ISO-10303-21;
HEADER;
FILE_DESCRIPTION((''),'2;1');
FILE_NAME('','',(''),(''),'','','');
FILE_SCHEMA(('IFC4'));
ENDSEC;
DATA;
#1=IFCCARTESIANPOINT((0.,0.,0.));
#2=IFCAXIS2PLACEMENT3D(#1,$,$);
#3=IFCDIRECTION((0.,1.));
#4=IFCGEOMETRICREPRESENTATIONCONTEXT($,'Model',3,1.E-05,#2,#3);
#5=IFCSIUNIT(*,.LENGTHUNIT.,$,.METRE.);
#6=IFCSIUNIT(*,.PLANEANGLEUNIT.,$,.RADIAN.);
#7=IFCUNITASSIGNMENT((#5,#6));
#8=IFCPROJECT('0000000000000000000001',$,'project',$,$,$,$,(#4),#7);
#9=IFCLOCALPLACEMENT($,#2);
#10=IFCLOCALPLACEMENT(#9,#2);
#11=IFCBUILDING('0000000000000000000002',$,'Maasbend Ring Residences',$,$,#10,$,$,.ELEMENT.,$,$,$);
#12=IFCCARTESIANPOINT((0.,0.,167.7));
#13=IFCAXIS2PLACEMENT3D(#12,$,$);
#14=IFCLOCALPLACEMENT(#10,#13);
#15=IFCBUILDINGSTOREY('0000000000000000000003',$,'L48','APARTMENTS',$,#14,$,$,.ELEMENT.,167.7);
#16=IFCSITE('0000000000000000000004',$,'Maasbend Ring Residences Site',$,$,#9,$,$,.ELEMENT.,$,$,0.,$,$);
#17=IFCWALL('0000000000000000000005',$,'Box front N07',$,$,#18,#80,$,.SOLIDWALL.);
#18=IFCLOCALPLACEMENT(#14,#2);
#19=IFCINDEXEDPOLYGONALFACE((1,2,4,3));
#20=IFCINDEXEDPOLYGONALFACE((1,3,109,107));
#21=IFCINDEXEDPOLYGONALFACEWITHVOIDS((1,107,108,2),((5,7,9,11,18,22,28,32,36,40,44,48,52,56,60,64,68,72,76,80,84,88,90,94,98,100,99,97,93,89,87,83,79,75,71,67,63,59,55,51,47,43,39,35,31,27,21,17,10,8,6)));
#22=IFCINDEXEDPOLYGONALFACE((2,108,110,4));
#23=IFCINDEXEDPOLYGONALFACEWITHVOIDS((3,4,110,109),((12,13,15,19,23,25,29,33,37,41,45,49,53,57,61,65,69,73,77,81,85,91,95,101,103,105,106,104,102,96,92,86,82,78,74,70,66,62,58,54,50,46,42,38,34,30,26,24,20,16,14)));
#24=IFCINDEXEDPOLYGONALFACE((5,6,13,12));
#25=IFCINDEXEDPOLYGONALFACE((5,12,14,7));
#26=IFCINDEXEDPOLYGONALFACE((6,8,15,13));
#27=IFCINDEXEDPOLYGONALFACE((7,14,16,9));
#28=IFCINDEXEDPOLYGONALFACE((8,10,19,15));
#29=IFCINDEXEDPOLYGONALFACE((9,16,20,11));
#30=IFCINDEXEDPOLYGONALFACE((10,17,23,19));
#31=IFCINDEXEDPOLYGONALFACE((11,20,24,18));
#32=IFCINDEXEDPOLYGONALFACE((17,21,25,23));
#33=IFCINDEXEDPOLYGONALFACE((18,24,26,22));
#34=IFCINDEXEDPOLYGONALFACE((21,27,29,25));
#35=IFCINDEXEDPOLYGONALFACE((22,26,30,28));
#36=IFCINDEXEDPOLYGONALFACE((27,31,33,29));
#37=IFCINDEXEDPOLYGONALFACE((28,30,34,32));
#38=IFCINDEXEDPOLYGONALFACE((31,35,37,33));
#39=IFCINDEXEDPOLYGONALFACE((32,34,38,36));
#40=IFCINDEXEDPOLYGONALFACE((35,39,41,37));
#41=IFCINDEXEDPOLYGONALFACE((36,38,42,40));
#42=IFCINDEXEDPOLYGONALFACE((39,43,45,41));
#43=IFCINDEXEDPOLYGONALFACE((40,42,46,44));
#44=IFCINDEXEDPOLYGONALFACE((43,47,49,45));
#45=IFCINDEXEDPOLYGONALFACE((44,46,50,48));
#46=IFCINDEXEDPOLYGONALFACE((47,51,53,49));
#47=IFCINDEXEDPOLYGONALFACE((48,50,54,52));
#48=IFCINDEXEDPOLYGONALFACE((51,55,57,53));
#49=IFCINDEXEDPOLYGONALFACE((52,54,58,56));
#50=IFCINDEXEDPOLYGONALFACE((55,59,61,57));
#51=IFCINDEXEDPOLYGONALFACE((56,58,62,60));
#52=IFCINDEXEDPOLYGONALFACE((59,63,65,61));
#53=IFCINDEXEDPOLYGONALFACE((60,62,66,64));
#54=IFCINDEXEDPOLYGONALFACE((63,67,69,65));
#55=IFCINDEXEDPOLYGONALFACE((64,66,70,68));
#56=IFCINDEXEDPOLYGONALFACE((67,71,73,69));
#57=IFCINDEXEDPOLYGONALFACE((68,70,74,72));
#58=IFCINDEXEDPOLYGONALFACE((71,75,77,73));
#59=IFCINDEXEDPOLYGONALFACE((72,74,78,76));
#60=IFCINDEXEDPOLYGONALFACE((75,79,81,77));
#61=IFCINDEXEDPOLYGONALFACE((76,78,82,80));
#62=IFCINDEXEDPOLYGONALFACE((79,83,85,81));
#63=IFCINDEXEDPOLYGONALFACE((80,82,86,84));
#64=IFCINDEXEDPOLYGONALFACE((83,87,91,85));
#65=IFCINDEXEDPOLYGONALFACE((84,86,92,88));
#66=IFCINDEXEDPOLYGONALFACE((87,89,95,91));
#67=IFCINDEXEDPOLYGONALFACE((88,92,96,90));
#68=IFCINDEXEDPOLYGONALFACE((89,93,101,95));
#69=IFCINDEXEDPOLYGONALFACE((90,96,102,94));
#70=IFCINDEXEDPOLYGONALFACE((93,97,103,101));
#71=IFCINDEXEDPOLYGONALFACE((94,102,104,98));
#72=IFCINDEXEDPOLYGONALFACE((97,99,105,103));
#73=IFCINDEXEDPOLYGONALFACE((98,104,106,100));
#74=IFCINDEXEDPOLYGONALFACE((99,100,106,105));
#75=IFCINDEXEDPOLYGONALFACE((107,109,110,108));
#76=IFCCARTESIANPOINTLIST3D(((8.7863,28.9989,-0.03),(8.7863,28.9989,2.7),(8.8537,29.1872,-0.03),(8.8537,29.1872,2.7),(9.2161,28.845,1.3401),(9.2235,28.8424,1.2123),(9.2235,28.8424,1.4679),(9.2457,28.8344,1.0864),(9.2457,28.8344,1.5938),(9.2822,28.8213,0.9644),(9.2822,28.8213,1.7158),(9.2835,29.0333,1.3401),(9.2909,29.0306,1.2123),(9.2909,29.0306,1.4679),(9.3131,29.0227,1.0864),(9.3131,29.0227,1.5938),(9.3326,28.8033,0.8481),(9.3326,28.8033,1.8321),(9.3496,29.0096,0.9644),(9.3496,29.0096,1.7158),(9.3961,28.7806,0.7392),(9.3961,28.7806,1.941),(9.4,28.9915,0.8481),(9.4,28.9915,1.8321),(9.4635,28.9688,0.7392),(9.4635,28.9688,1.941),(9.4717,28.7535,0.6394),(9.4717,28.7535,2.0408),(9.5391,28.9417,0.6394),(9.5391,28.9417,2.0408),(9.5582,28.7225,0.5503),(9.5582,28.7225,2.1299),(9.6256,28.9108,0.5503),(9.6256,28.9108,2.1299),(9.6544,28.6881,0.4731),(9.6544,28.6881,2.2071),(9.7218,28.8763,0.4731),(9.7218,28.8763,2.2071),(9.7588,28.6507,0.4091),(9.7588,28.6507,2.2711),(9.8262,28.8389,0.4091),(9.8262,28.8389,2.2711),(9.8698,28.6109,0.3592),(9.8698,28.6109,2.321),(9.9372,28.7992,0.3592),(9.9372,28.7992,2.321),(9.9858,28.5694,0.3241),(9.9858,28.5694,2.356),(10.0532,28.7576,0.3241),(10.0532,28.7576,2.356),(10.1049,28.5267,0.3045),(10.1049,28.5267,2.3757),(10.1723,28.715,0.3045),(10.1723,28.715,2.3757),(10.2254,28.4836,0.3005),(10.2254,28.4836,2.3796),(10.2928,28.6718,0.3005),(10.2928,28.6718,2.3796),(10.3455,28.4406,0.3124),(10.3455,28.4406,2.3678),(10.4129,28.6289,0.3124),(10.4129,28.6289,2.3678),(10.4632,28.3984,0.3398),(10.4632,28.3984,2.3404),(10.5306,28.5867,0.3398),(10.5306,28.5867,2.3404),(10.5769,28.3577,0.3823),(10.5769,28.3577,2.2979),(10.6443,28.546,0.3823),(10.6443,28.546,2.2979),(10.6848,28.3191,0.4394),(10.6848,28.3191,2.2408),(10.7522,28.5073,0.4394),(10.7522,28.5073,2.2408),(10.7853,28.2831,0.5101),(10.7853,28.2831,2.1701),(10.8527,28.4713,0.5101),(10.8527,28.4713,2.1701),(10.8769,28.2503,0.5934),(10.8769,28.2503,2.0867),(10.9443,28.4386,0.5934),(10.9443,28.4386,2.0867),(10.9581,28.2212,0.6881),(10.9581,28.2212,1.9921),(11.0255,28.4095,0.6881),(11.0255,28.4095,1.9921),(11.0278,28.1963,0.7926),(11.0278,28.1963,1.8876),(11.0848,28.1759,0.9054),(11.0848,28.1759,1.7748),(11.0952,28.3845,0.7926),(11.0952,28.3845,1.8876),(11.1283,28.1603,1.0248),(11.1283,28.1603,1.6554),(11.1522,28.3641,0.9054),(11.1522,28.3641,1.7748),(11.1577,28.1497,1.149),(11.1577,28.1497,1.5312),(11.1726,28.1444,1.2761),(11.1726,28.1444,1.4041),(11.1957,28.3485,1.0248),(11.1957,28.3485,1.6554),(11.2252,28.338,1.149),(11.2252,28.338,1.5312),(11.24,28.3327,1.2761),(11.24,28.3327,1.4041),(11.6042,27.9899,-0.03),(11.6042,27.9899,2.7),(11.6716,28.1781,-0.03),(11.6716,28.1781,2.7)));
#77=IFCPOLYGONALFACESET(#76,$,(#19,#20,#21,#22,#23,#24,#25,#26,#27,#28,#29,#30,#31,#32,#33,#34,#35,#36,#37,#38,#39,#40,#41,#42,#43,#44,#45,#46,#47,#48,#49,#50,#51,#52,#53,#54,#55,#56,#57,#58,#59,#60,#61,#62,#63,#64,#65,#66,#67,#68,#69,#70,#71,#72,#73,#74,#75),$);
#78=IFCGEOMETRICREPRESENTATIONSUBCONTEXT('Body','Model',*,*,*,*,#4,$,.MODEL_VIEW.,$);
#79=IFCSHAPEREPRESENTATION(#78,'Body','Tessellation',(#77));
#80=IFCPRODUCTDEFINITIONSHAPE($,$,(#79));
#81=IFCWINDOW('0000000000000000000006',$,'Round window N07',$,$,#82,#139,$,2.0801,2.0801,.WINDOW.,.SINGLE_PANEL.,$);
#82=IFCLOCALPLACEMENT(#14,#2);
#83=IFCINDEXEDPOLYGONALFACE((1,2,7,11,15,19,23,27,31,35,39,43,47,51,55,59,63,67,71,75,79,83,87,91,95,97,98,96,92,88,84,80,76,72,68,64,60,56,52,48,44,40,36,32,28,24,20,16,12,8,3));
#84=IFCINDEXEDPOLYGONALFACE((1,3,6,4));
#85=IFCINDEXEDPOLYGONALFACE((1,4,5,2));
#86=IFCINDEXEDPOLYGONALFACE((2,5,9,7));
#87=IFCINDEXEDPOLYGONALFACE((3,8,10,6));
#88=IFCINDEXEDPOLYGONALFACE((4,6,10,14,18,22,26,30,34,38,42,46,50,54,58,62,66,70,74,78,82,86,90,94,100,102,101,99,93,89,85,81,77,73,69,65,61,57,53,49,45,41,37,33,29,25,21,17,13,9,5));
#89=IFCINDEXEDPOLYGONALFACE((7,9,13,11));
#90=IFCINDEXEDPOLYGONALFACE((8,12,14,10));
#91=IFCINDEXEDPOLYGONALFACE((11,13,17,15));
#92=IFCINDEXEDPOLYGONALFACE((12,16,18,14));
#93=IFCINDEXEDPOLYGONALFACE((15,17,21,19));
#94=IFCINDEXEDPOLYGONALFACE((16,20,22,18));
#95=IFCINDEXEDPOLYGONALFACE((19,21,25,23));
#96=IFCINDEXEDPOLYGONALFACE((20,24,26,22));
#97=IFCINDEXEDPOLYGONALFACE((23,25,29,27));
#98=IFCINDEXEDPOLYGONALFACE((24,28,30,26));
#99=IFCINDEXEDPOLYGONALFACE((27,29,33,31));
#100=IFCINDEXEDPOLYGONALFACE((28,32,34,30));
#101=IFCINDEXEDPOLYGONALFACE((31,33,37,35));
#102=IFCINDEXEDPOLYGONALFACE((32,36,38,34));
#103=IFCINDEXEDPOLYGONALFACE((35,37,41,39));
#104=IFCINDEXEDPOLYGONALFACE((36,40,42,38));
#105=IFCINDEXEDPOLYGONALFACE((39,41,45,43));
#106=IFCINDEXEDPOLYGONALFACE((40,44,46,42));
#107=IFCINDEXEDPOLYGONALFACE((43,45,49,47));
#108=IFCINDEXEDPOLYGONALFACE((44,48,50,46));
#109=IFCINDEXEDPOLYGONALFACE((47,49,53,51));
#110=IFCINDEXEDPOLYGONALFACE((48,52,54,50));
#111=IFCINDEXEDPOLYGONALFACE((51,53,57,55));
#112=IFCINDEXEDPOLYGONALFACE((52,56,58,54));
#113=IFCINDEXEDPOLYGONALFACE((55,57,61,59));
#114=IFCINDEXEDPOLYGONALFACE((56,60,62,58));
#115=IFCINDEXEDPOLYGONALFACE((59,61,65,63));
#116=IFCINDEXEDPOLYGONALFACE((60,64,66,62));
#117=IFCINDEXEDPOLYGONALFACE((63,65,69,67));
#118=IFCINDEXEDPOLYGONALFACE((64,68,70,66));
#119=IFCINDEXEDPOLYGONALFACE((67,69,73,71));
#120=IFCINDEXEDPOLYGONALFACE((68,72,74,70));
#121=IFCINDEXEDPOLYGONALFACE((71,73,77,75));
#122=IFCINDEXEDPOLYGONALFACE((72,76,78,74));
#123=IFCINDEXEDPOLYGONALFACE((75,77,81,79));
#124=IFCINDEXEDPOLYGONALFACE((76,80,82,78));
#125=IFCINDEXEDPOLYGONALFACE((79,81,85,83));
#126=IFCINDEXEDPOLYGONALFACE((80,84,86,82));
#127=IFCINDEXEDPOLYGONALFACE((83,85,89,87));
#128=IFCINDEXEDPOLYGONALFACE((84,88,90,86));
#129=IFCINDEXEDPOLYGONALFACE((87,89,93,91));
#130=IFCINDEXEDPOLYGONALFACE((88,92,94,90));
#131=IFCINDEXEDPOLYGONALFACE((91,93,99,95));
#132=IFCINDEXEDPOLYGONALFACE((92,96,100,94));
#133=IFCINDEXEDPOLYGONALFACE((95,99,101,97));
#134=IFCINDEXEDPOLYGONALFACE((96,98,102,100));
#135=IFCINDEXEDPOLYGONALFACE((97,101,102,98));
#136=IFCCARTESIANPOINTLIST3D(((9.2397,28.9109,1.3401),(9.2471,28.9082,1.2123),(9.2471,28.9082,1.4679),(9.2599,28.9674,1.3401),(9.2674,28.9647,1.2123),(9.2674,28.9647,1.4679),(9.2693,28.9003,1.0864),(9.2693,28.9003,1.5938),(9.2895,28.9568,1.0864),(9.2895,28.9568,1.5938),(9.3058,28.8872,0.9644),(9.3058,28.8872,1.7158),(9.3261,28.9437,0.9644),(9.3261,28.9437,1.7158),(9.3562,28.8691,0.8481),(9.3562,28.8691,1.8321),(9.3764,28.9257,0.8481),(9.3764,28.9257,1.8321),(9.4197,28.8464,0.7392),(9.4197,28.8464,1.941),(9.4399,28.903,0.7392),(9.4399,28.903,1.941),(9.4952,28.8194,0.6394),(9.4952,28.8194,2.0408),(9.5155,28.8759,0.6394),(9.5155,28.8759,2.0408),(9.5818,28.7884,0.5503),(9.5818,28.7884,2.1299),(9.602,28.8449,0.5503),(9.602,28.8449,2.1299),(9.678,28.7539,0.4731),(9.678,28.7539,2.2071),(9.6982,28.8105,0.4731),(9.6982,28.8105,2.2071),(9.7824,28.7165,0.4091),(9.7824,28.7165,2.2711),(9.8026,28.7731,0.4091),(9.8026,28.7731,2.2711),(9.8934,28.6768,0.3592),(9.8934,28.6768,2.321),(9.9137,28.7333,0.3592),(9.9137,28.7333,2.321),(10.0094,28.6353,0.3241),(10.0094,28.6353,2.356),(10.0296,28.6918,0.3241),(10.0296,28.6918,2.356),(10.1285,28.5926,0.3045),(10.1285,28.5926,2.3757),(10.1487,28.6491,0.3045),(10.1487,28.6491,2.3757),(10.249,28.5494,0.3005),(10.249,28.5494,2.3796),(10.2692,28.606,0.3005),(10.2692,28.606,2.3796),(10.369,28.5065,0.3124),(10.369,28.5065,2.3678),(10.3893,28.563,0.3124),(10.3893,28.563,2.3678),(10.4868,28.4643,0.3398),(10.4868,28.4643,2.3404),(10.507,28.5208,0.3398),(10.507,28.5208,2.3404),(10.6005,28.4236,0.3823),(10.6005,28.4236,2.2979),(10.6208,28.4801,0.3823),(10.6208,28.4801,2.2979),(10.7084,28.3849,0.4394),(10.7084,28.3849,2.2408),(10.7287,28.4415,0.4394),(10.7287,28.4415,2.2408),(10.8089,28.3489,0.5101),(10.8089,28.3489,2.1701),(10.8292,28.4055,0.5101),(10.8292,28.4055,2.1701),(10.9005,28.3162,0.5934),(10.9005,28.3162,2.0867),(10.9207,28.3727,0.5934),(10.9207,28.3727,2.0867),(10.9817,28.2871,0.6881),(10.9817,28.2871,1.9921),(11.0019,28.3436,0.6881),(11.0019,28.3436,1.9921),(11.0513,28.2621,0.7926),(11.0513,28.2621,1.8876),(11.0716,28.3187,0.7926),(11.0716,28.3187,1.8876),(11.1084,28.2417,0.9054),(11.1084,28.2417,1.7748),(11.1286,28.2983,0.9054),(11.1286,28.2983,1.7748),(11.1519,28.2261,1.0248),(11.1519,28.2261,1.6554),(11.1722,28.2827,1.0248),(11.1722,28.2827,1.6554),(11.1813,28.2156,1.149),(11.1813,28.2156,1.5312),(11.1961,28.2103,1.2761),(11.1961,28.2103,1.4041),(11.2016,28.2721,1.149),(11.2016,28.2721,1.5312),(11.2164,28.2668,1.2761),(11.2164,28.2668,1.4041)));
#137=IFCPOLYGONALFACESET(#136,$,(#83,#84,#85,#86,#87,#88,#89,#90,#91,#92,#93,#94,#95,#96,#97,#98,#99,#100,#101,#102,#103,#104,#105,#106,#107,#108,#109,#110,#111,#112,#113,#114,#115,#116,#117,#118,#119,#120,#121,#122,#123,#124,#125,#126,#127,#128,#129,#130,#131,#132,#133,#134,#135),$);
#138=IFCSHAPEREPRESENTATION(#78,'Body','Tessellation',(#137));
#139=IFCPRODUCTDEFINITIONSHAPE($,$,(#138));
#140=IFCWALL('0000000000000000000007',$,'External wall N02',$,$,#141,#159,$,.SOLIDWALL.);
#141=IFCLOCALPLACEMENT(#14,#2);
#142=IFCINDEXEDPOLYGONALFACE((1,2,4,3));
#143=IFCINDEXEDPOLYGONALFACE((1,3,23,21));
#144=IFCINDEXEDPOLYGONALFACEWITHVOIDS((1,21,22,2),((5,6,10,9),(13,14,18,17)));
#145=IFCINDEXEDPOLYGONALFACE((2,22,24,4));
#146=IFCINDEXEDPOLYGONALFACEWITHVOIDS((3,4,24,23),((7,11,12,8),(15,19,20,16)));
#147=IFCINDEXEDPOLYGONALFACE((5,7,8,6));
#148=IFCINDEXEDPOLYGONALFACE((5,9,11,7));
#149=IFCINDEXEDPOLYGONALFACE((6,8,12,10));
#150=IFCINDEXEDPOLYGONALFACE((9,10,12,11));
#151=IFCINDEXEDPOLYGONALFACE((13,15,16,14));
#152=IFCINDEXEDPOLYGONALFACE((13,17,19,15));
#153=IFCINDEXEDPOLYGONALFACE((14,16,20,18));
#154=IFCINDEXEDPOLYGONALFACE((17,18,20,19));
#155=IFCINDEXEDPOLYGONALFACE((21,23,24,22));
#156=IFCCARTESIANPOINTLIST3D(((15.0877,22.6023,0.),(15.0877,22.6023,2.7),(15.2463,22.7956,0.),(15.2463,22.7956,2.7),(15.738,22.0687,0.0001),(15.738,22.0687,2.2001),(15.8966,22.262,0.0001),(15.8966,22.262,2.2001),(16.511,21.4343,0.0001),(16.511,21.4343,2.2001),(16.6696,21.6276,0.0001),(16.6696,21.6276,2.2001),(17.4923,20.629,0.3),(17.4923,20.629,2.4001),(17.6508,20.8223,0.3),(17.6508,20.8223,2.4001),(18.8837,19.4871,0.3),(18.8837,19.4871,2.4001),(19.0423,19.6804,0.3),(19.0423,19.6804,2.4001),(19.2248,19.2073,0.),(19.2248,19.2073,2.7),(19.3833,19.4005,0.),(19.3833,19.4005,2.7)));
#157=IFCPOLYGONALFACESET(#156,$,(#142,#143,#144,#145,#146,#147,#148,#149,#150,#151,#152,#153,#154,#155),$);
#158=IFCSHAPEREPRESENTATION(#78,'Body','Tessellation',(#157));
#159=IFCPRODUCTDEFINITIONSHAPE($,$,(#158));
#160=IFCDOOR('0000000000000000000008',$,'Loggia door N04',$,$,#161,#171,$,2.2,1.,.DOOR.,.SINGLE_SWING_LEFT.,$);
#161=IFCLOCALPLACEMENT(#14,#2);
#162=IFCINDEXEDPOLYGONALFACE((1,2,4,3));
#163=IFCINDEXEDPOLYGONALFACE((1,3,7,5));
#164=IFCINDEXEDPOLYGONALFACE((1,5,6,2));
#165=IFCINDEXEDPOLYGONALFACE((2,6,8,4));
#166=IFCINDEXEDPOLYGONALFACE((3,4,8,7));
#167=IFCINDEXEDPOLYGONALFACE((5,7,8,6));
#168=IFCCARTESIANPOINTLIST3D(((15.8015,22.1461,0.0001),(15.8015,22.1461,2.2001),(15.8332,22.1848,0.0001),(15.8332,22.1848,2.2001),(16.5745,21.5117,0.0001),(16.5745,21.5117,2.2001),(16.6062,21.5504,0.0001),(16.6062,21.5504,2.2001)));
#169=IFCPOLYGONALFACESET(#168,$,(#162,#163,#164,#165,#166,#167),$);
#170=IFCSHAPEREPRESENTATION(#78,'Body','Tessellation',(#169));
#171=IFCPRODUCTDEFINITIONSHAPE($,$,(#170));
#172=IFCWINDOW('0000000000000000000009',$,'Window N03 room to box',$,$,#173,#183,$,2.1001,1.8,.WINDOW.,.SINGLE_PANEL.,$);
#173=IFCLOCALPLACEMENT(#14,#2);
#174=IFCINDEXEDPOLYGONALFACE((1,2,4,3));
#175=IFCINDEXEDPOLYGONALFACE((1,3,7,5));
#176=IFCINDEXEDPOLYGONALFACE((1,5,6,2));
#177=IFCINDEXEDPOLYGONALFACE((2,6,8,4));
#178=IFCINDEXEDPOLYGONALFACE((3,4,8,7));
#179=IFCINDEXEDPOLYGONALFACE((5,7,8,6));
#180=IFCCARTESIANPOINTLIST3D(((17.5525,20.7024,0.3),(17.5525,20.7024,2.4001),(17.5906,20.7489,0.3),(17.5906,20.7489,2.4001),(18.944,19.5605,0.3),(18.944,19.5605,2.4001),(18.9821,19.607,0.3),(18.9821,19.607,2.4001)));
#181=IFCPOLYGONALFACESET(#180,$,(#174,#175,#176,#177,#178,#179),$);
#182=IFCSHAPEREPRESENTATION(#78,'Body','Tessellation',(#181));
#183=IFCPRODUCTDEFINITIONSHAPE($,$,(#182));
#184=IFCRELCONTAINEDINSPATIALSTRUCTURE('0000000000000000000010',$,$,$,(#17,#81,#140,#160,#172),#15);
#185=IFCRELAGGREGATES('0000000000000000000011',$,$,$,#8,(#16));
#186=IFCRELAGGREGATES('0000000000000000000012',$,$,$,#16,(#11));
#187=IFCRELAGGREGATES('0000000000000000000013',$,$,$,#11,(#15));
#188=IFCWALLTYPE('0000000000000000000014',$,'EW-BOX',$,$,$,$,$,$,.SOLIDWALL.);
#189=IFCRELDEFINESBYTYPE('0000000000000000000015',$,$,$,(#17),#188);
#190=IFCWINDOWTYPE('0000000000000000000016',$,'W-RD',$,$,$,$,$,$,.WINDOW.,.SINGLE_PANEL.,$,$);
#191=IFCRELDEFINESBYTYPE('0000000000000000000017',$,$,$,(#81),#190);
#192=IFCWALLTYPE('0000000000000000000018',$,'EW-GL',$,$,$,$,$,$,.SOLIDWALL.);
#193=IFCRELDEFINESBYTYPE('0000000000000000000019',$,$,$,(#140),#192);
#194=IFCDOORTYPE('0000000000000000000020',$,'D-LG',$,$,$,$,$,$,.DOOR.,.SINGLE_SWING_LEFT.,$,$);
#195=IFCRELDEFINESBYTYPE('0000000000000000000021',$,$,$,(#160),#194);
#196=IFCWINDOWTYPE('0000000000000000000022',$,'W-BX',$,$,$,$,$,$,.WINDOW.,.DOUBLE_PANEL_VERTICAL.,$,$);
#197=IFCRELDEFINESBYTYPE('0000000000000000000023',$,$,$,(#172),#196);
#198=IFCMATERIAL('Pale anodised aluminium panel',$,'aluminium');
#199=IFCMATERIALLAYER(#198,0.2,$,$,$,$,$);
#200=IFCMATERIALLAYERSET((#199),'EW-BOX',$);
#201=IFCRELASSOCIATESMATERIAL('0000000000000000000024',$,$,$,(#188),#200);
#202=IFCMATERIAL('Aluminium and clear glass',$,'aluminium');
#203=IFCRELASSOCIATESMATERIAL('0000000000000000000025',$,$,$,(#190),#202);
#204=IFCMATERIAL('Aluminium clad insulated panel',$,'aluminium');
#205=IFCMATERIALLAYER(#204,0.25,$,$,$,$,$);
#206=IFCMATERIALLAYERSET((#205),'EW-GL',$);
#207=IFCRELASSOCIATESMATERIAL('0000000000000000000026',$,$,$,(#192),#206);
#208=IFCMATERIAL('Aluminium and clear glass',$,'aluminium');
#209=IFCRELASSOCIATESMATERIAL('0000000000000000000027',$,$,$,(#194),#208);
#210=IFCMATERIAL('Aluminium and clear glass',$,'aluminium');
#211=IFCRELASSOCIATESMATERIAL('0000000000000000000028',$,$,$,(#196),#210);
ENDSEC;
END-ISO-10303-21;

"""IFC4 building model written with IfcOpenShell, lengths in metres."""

from ifc_helpers import new_model, si_unit, direction, frame, frame_2d, origin, place, context, subcontext, project, spatial, rectangle, circle, extrude, material, layer, layer_set, type_object, element, fill, save


model = new_model("IFC4")

# Units and contexts
model_context = context("Model", 3, precision=1e-05, world=origin(), true_north=direction((0.0, 1.0)))
body_context = subcontext(model_context, "Body", "Model", "MODEL_VIEW")
ifc_project = project(units=[si_unit("LENGTHUNIT", "METRE"), si_unit("PLANEANGLEUNIT", "RADIAN")], contexts=[model_context])

# Site, building, storey
site_placement = place(None, origin())
site = spatial("IfcSite", under=ifc_project, at=site_placement, Name="Maasbend Ring Residences Site", CompositionType="ELEMENT", RefElevation=0.0)
building_placement = place(site_placement, origin())
building = spatial("IfcBuilding", under=site, at=building_placement, Name="Maasbend Ring Residences", CompositionType="ELEMENT")
storey_placement = place(building_placement, frame((0.0, 0.0, 167.7)))
storey = spatial("IfcBuildingStorey", under=building, at=storey_placement, Name="L48", Description="APARTMENTS", CompositionType="ELEMENT", Elevation=167.7)

# Shared definitions
ifc_material_1 = material(Name="Pale anodised aluminium panel", Category="aluminium")
ifc_layer_1 = layer(ifc_material_1, 0.2)
ifc_layer_set_1 = layer_set([ifc_layer_1], Name="EW-BOX")
wall_type_1 = type_object("IfcWallType", Name="EW-BOX", PredefinedType="SOLIDWALL", material=ifc_layer_set_1)
ifc_material_2 = material(Name="Aluminium and clear glass", Category="aluminium")
window_type_1 = type_object("IfcWindowType", Name="W-RD", PartitioningType="SINGLE_PANEL", PredefinedType="WINDOW", material=ifc_material_2)

# Wall, opening, window
wall_1_placement = place(storey_placement, frame((11.6379, 28.084, -0.03), z_axis=(0.0, 0.0, 1.0), x_axis=(-0.941461, 0.337122, 0.0)))
wall_1 = element("IfcWall", 1, at=wall_1_placement, inside=storey, type_object=wall_type_1, Name="Box front N07", PredefinedType="SOLIDWALL", context=body_context, shape_type="SweptSolid", body=[
    extrude(rectangle(XDim=2.9932, YDim=0.2, at=frame_2d((1.4966, 0.0))), origin(), (0.0, 0.0, 1.0), 2.73),
])
opening_1_placement = place(wall_1_placement, frame((0.4565, 0.0, 0.3301)))
opening_1 = element("IfcOpeningElement", 2, at=opening_1_placement, cuts=wall_1, PredefinedType="OPENING", context=body_context, shape_type="SweptSolid", body=[
    extrude(circle(Radius=1.04, at=frame_2d((1.04, 1.04))), frame((0.0, 0.1099, 0.0), z_axis=(0.0, -1.0, 0.0), x_axis=(1.0, 0.0, 0.0)), (0.0, 0.0, 1.0), 0.22),
])
window_1_placement = place(opening_1_placement, origin())
window_1 = element("IfcWindow", 3, at=window_1_placement, inside=storey, type_object=window_type_1, Name="Round window N07", OverallHeight=2.0801, OverallWidth=2.0801, PartitioningType="SINGLE_PANEL", PredefinedType="WINDOW", context=body_context, shape_type="SweptSolid", body=[
    extrude(circle(Radius=1.04, at=frame_2d((1.04, 1.04))), frame((0.0, 0.03, 0.0), z_axis=(0.0, -1.0, 0.0), x_axis=(1.0, 0.0, 0.0)), (0.0, 0.0, 1.0), 0.0601),
])
fill(opening_1, window_1)

# Wall, openings, door, window
ifc_material_3 = material(Name="Aluminium clad insulated panel", Category="aluminium")
ifc_layer_2 = layer(ifc_material_3, 0.25)
ifc_layer_set_2 = layer_set([ifc_layer_2], Name="EW-GL")
wall_type_2 = type_object("IfcWallType", Name="EW-GL", PredefinedType="SOLIDWALL", material=ifc_layer_set_2)
wall_2_placement = place(storey_placement, frame((19.304, 19.304, 0.0), z_axis=(0.0, 0.0, 1.0), x_axis=(-0.773019, 0.634382, 0.0)))
wall_2 = element("IfcWall", 4, at=wall_2_placement, inside=storey, type_object=wall_type_2, Name="External wall N02", PredefinedType="SOLIDWALL", context=body_context, shape_type="SweptSolid", body=[
    extrude(rectangle(XDim=5.3518, YDim=0.25, at=frame_2d((2.6758, 0.0))), origin(), (0.0, 0.0, 1.0), 2.7),
])
opening_2_placement = place(wall_2_placement, frame((0.4412, 0.0, 0.3)))
opening_2 = element("IfcOpeningElement", 5, at=opening_2_placement, cuts=wall_2, PredefinedType="OPENING", context=body_context, shape_type="SweptSolid", body=[
    extrude(rectangle(XDim=1.8, YDim=2.1001, at=frame_2d((0.8999, 1.05))), frame((0.0, 0.135, 0.0), z_axis=(0.0, -1.0, 0.0), x_axis=(1.0, 0.0, 0.0)), (0.0, 0.0, 1.0), 0.27),
])
opening_3_placement = place(wall_2_placement, frame((3.5105, 0.0, 0.0)))
opening_3 = element("IfcOpeningElement", 6, at=opening_3_placement, cuts=wall_2, PredefinedType="OPENING", context=body_context, shape_type="SweptSolid", body=[
    extrude(rectangle(XDim=1.0, YDim=2.2, at=frame_2d((0.5, 1.1001))), frame((0.0, 0.135, 0.0), z_axis=(0.0, -1.0, 0.0), x_axis=(1.0, 0.0, 0.0)), (0.0, 0.0, 1.0), 0.27),
])
ifc_material_4 = material(Name="Aluminium and clear glass", Category="aluminium")
door_type_1 = type_object("IfcDoorType", Name="D-LG", OperationType="SINGLE_SWING_LEFT", PredefinedType="DOOR", material=ifc_material_4)
door_1_placement = place(opening_3_placement, origin())
door_1 = element("IfcDoor", 7, at=door_1_placement, inside=storey, type_object=door_type_1, Name="Loggia door N04", OperationType="SINGLE_SWING_LEFT", OverallHeight=2.2, OverallWidth=1.0, PredefinedType="DOOR", context=body_context, shape_type="SweptSolid", body=[
    extrude(rectangle(XDim=1.0, YDim=2.2, at=frame_2d((0.5, 1.1001))), frame((0.0, 0.0249, 0.0), z_axis=(0.0, -1.0, 0.0), x_axis=(1.0, 0.0, 0.0)), (0.0, 0.0, 1.0), 0.05),
])
fill(opening_3, door_1)
ifc_material_5 = material(Name="Aluminium and clear glass", Category="aluminium")
window_type_2 = type_object("IfcWindowType", Name="W-BX", PartitioningType="DOUBLE_PANEL_VERTICAL", PredefinedType="WINDOW", material=ifc_material_5)
window_2_placement = place(opening_2_placement, origin())
window_2 = element("IfcWindow", 8, at=window_2_placement, inside=storey, type_object=window_type_2, Name="Window N03 room to box", OverallHeight=2.1001, OverallWidth=1.8, PartitioningType="SINGLE_PANEL", PredefinedType="WINDOW", context=body_context, shape_type="SweptSolid", body=[
    extrude(rectangle(XDim=1.8, YDim=2.1001, at=frame_2d((0.8999, 1.05))), frame((0.0, 0.03, 0.0), z_axis=(0.0, -1.0, 0.0), x_axis=(1.0, 0.0, 0.0)), (0.0, 0.0, 1.0), 0.0601),
])
fill(opening_2, window_2)

save(model, "model.ifc")
